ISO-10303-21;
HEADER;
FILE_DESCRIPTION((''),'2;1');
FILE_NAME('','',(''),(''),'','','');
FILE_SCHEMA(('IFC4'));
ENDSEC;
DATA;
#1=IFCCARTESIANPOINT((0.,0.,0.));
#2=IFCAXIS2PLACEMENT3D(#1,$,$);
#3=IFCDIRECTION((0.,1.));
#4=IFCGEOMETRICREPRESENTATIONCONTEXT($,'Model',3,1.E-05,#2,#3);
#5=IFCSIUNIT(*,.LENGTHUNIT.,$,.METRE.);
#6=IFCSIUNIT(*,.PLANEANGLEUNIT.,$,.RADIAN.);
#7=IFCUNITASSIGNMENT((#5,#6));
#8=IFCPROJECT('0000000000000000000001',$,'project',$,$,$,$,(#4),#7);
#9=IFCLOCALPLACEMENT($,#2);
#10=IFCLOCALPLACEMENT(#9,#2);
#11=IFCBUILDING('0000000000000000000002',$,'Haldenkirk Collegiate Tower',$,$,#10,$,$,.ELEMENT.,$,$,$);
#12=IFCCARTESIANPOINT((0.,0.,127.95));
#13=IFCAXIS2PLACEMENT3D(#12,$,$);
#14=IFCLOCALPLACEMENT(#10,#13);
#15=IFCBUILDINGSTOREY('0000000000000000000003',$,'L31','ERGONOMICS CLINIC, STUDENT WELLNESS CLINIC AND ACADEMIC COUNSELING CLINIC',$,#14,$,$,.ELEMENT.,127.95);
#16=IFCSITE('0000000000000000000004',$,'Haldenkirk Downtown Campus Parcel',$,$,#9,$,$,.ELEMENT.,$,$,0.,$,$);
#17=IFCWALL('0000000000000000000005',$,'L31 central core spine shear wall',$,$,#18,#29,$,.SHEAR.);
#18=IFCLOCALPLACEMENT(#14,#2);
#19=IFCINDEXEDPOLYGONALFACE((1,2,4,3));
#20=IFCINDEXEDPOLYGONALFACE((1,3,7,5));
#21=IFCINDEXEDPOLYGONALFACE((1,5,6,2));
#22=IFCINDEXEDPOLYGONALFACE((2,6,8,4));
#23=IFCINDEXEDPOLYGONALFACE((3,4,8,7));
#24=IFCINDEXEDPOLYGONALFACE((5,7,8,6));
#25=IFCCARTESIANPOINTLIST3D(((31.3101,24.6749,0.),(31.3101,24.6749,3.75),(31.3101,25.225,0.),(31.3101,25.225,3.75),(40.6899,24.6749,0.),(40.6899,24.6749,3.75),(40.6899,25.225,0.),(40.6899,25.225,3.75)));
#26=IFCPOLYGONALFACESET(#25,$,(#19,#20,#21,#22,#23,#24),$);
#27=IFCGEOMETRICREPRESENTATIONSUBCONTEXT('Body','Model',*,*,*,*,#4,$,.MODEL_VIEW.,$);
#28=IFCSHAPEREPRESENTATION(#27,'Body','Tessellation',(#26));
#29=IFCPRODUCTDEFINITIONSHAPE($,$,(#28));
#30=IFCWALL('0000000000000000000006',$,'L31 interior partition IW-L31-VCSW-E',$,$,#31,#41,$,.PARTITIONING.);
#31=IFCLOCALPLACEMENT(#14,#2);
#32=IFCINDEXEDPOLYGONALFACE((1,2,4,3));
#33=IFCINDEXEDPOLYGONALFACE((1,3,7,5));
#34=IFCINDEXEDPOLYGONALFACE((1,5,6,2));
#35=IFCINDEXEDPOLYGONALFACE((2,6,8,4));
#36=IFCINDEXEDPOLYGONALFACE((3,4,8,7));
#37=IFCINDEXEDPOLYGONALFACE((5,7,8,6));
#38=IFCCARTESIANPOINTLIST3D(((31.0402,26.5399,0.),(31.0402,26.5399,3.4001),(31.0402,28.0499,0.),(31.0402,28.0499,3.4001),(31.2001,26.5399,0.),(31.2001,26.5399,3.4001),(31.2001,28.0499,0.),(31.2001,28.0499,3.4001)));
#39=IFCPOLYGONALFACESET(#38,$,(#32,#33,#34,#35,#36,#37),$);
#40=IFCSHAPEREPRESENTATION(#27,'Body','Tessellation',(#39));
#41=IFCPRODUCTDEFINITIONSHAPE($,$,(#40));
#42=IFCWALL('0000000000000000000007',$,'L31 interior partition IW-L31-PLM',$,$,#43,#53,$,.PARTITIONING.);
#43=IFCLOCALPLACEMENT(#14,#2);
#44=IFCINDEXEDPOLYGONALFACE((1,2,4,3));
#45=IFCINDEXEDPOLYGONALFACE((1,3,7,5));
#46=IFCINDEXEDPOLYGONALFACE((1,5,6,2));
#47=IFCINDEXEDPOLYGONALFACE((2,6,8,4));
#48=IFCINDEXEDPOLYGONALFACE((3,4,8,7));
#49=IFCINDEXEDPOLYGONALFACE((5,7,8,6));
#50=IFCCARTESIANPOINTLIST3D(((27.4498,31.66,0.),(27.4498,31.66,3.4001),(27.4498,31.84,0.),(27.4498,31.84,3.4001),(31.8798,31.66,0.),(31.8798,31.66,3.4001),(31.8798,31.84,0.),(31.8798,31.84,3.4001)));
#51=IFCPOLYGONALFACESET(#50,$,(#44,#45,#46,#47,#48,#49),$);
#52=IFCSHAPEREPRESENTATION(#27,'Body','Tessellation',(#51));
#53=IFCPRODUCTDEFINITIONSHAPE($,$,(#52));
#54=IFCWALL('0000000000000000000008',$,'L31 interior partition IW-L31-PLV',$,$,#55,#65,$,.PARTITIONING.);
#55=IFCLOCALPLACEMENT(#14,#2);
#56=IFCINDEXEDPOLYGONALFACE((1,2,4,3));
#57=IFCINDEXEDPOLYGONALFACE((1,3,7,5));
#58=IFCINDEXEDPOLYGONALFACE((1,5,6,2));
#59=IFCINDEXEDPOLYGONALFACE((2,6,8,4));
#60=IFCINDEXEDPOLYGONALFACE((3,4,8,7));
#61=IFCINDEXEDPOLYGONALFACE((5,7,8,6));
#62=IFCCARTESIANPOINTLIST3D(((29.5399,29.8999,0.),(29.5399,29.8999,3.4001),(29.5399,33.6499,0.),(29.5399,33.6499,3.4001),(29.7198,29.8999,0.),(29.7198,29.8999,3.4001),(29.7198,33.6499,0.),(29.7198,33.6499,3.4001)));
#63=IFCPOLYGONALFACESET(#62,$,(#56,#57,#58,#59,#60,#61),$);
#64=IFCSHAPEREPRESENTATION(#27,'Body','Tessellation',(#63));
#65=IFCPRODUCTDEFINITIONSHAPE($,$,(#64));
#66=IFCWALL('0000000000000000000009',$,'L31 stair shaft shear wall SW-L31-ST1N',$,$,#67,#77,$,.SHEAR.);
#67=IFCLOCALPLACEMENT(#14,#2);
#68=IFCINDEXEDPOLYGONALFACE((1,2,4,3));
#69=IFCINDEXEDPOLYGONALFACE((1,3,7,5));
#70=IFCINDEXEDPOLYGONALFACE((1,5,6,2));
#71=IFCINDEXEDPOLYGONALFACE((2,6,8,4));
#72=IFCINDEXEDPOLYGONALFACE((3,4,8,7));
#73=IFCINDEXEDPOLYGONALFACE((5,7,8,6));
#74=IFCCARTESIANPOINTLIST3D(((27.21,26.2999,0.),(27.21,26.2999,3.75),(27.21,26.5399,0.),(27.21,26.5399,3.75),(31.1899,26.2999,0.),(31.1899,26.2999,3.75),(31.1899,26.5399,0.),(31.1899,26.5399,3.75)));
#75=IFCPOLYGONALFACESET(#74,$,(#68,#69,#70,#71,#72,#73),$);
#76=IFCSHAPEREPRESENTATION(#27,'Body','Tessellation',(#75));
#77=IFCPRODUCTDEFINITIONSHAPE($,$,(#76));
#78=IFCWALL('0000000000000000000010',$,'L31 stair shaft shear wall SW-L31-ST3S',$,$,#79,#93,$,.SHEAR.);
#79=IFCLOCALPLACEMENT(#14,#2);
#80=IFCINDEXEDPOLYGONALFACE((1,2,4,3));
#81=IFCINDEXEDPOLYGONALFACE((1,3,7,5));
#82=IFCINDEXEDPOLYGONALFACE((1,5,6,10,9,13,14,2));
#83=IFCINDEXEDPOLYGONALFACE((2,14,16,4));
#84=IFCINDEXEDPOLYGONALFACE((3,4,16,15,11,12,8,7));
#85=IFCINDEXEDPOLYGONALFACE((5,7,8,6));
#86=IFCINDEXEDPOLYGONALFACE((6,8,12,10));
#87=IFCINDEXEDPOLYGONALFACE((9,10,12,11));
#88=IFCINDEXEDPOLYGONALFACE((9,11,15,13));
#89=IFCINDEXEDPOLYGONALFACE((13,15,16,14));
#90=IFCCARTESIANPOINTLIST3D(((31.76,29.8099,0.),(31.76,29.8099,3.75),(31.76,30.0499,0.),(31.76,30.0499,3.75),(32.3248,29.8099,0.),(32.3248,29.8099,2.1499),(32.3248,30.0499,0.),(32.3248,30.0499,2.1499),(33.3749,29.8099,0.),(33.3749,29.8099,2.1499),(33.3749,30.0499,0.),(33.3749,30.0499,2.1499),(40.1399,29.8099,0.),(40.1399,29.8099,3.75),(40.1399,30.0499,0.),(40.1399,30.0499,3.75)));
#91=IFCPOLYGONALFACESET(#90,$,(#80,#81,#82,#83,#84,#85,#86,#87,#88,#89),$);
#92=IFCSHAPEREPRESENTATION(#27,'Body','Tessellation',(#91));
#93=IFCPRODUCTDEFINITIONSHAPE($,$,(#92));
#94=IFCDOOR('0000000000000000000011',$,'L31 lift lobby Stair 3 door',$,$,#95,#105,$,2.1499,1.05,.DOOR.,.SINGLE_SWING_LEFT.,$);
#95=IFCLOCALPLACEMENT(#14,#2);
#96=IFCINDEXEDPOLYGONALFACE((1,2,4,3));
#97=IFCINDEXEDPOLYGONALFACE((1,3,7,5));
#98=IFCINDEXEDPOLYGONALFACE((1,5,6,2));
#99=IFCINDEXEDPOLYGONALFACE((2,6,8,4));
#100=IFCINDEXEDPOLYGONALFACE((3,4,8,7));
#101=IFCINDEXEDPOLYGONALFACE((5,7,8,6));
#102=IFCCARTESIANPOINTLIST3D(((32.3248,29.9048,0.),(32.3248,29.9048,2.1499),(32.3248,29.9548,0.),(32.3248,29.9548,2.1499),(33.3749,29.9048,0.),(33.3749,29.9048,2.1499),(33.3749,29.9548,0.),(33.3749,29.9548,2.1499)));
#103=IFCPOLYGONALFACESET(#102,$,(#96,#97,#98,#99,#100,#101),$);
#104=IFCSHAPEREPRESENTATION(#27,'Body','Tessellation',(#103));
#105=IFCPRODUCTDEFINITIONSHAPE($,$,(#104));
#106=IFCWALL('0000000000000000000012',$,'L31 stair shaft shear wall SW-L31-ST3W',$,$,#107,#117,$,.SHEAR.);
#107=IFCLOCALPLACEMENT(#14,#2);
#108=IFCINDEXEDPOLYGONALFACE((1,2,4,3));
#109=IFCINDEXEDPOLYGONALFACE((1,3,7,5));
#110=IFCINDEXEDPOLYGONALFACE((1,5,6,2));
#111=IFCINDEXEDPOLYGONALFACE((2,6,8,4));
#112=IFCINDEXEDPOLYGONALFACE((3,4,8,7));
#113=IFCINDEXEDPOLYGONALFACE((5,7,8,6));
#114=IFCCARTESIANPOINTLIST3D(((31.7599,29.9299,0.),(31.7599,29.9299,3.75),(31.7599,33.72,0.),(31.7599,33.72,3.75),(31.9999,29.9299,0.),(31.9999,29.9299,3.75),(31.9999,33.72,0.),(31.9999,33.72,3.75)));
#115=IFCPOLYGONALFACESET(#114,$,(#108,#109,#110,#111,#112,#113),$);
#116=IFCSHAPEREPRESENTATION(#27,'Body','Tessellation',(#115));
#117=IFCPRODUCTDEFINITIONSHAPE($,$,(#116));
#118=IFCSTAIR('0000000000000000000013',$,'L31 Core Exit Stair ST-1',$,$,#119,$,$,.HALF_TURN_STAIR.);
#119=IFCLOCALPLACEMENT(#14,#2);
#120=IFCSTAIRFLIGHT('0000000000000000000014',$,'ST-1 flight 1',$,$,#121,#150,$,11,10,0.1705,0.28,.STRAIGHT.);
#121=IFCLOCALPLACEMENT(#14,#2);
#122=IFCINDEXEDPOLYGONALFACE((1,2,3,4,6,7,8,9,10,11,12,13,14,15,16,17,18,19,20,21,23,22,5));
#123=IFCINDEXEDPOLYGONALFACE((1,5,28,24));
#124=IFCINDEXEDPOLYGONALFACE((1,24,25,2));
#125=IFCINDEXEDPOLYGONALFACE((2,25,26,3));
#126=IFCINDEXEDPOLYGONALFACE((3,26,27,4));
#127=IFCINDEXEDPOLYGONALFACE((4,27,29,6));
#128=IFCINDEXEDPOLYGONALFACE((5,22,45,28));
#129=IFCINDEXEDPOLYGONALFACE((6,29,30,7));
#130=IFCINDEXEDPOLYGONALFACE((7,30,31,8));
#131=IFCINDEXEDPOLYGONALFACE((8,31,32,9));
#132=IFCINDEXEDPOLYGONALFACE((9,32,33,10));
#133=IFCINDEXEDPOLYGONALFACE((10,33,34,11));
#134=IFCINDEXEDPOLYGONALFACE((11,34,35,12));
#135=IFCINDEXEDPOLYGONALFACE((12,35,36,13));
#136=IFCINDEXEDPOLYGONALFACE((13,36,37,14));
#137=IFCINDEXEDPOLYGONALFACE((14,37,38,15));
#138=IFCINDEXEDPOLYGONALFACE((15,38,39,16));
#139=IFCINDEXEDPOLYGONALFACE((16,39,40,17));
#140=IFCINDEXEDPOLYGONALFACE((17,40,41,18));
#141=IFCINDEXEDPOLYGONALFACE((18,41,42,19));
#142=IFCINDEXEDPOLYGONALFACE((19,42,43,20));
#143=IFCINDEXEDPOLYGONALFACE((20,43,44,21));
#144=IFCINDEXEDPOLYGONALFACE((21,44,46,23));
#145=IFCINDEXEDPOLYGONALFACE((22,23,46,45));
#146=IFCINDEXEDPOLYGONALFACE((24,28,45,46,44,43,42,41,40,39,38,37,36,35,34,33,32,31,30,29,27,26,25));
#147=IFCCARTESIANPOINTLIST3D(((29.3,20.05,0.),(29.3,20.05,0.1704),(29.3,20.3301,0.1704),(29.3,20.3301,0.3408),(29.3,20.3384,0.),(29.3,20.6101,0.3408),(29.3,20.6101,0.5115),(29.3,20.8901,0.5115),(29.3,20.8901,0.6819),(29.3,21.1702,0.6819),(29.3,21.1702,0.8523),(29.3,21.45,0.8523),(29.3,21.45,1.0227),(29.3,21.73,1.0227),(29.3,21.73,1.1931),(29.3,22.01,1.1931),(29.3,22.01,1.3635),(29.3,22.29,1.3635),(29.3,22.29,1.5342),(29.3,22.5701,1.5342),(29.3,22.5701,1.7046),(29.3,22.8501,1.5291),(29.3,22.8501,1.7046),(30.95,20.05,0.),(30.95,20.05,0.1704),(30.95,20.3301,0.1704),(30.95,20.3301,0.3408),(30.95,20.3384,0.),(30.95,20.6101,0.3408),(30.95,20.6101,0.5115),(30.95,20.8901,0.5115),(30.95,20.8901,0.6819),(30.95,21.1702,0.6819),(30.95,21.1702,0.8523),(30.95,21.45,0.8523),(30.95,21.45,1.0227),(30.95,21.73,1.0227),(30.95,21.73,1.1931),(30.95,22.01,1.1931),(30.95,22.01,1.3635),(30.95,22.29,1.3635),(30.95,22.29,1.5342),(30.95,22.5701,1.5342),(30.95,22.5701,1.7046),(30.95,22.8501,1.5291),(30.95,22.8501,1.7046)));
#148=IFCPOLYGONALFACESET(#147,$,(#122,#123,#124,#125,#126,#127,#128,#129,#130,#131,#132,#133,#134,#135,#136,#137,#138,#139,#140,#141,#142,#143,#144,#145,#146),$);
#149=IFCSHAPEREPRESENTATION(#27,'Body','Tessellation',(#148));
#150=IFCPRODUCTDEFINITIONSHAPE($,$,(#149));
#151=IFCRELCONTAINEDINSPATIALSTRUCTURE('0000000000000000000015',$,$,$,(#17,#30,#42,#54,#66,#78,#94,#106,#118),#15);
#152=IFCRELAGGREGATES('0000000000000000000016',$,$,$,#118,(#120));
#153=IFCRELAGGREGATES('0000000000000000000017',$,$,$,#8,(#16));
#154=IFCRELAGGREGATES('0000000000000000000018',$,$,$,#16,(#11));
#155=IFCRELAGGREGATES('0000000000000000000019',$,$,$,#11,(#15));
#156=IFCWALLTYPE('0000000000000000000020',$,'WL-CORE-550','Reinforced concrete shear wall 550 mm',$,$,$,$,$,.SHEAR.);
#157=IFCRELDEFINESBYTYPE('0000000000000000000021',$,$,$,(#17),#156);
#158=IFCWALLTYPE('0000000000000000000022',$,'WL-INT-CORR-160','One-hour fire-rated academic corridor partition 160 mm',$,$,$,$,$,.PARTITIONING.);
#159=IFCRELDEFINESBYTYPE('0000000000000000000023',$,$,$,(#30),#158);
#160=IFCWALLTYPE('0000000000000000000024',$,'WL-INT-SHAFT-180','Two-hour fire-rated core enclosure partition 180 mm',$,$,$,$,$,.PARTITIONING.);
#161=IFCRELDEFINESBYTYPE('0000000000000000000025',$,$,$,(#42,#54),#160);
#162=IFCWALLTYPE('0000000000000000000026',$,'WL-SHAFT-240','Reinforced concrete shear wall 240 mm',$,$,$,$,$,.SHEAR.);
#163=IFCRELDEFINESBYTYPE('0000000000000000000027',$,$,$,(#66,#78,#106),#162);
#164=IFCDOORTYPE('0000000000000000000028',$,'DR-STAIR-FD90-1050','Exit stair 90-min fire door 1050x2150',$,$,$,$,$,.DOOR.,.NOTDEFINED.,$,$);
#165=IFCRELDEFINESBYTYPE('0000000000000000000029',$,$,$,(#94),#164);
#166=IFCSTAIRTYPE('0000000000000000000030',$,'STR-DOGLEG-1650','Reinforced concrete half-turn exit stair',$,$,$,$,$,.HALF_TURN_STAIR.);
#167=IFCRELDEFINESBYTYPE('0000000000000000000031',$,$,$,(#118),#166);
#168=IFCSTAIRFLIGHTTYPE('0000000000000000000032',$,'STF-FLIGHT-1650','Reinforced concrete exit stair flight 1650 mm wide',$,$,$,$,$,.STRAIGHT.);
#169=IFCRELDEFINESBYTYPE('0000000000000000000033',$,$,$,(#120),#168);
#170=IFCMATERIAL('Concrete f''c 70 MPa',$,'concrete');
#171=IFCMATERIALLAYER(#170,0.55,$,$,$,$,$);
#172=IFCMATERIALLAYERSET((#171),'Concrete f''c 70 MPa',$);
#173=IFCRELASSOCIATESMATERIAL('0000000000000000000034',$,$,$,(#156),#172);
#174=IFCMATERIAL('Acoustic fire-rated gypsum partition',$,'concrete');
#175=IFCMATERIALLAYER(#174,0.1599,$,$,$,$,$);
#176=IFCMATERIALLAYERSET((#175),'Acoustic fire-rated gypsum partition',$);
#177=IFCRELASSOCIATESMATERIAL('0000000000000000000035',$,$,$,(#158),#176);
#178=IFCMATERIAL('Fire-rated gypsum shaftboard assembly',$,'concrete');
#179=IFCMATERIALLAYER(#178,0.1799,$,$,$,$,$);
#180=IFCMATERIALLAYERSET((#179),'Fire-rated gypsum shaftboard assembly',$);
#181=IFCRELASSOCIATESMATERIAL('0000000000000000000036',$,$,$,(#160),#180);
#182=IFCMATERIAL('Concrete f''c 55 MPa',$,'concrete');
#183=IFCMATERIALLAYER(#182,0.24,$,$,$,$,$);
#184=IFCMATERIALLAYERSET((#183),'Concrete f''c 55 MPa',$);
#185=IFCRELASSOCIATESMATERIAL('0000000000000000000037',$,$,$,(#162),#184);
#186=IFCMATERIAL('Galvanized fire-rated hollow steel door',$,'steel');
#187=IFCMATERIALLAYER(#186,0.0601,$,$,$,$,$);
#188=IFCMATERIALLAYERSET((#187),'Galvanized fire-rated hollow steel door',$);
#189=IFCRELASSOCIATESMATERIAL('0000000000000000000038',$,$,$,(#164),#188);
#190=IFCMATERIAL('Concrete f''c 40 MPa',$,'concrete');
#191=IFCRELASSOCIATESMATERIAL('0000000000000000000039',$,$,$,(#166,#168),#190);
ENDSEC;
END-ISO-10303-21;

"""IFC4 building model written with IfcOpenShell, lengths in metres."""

from ifc_helpers import new_model, si_unit, direction, frame, frame_2d, origin, place, context, subcontext, project, spatial, polyline, rectangle, outline, extrude, material, layer, layer_set, type_object, element, fill, aggregate, save


model = new_model("IFC4")

# Units and contexts
model_context = context("Model", 3, precision=1e-05, world=origin(), true_north=direction((0.0, 1.0)))
body_context = subcontext(model_context, "Body", "Model", "MODEL_VIEW")
ifc_project = project(units=[si_unit("LENGTHUNIT", "METRE"), si_unit("PLANEANGLEUNIT", "RADIAN")], contexts=[model_context])

# Site, building, storey
site_placement = place(None, origin())
site = spatial("IfcSite", under=ifc_project, at=site_placement, Name="Haldenkirk Downtown Campus Parcel", CompositionType="ELEMENT", RefElevation=0.0)
building_placement = place(site_placement, origin())
building = spatial("IfcBuilding", under=site, at=building_placement, Name="Haldenkirk Collegiate Tower", CompositionType="ELEMENT")
storey_placement = place(building_placement, frame((0.0, 0.0, 127.95)))
storey = spatial("IfcBuildingStorey", under=building, at=storey_placement, Name="L31", Description="ERGONOMICS CLINIC, STUDENT WELLNESS CLINIC AND ACADEMIC COUNSELING CLINIC", CompositionType="ELEMENT", Elevation=127.95)

# Wall
ifc_material_1 = material(Name="Concrete f'c 70 MPa", Category="concrete")
ifc_layer_1 = layer(ifc_material_1, 0.55)
ifc_layer_set_1 = layer_set([ifc_layer_1], Name="Concrete f'c 70 MPa")
wall_type_1 = type_object("IfcWallType", Name="WL-CORE-550", Description="Reinforced concrete shear wall 550 mm", PredefinedType="SHEAR", material=ifc_layer_set_1)
wall_1_placement = place(storey_placement, frame((31.3101, 24.95, 0.0), z_axis=(0.0, 0.0, 1.0), x_axis=(1.0, 0.0, 0.0)))
element("IfcWall", 1, at=wall_1_placement, inside=storey, type_object=wall_type_1, Name="L31 central core spine shear wall", PredefinedType="SHEAR", context=body_context, shape_type="SweptSolid", body=[
    extrude(rectangle(XDim=9.3799, YDim=0.55, at=frame_2d((4.6899, 0.0))), origin(), (0.0, 0.0, 1.0), 3.75),
])

# Shared definitions
ifc_material_2 = material(Name="Acoustic fire-rated gypsum partition", Category="concrete")
ifc_layer_2 = layer(ifc_material_2, 0.1599)
ifc_layer_set_2 = layer_set([ifc_layer_2], Name="Acoustic fire-rated gypsum partition")
wall_type_2 = type_object("IfcWallType", Name="WL-INT-CORR-160", Description="One-hour fire-rated academic corridor partition 160 mm", PredefinedType="PARTITIONING", material=ifc_layer_set_2)

# Wall
wall_2_placement = place(storey_placement, frame((31.1201, 26.54, 0.0), z_axis=(0.0, 0.0, 1.0), x_axis=(0.0, 1.0, 0.0)))
element("IfcWall", 2, at=wall_2_placement, inside=storey, type_object=wall_type_2, Name="L31 interior partition IW-L31-VCSW-E", PredefinedType="PARTITIONING", context=body_context, shape_type="SweptSolid", body=[
    extrude(rectangle(XDim=1.51, YDim=0.1599, at=frame_2d((0.7549, 0.0))), origin(), (0.0, 0.0, 1.0), 3.4001),
])

# Shared definitions
ifc_material_3 = material(Name="Fire-rated gypsum shaftboard assembly", Category="concrete")
ifc_layer_3 = layer(ifc_material_3, 0.1799)
ifc_layer_set_3 = layer_set([ifc_layer_3], Name="Fire-rated gypsum shaftboard assembly")
wall_type_3 = type_object("IfcWallType", Name="WL-INT-SHAFT-180", Description="Two-hour fire-rated core enclosure partition 180 mm", PredefinedType="PARTITIONING", material=ifc_layer_set_3)

# Walls
wall_3_placement = place(storey_placement, frame((27.45, 31.75, 0.0), z_axis=(0.0, 0.0, 1.0), x_axis=(1.0, 0.0, 0.0)))
element("IfcWall", 3, at=wall_3_placement, inside=storey, type_object=wall_type_3, Name="L31 interior partition IW-L31-PLM", PredefinedType="PARTITIONING", context=body_context, shape_type="SweptSolid", body=[
    extrude(rectangle(XDim=4.4299, YDim=0.1799, at=frame_2d((2.2148, 0.0))), origin(), (0.0, 0.0, 1.0), 3.4001),
])
wall_4_placement = place(storey_placement, frame((29.6299, 29.8999, 0.0), z_axis=(0.0, 0.0, 1.0), x_axis=(0.0, 1.0, 0.0)))
element("IfcWall", 4, at=wall_4_placement, inside=storey, type_object=wall_type_3, Name="L31 interior partition IW-L31-PLV", PredefinedType="PARTITIONING", context=body_context, shape_type="SweptSolid", body=[
    extrude(rectangle(XDim=3.75, YDim=0.1799, at=frame_2d((1.875, 0.0))), origin(), (0.0, 0.0, 1.0), 3.4001),
])

# Shared definitions
ifc_material_4 = material(Name="Galvanized fire-rated hollow steel door", Category="steel")

# Wall
ifc_material_5 = material(Name="Concrete f'c 55 MPa", Category="concrete")
ifc_layer_4 = layer(ifc_material_5, 0.24)
ifc_layer_set_4 = layer_set([ifc_layer_4], Name="Concrete f'c 55 MPa")
wall_type_4 = type_object("IfcWallType", Name="WL-SHAFT-240", Description="Reinforced concrete shear wall 240 mm", PredefinedType="SHEAR", material=ifc_layer_set_4)
wall_5_placement = place(storey_placement, frame((27.21, 26.4199, 0.0), z_axis=(0.0, 0.0, 1.0), x_axis=(1.0, 0.0, 0.0)))
element("IfcWall", 5, at=wall_5_placement, inside=storey, type_object=wall_type_4, Name="L31 stair shaft shear wall SW-L31-ST1N", PredefinedType="SHEAR", context=body_context, shape_type="SweptSolid", body=[
    extrude(rectangle(XDim=3.98, YDim=0.24, at=frame_2d((1.99, 0.0))), origin(), (0.0, 0.0, 1.0), 3.75),
])

# Wall, opening, door
wall_6_placement = place(storey_placement, frame((31.76, 29.9299, 0.0), z_axis=(0.0, 0.0, 1.0), x_axis=(1.0, 0.0, 0.0)))
wall_6 = element("IfcWall", 6, at=wall_6_placement, inside=storey, type_object=wall_type_4, Name="L31 stair shaft shear wall SW-L31-ST3S", PredefinedType="SHEAR", context=body_context, shape_type="SweptSolid", body=[
    extrude(rectangle(XDim=8.3799, YDim=0.24, at=frame_2d((4.1899, 0.0))), origin(), (0.0, 0.0, 1.0), 3.75),
])
opening_1_placement = place(wall_6_placement, frame((0.5649, 0.0, 0.0)))
opening_1 = element("IfcOpeningElement", 7, at=opening_1_placement, cuts=wall_6, PredefinedType="OPENING", context=body_context, shape_type="SweptSolid", body=[
    extrude(rectangle(XDim=1.05, YDim=2.1499, at=frame_2d((0.5249, 1.075))), frame((0.0, 0.1299, 0.0), z_axis=(0.0, -1.0, 0.0), x_axis=(1.0, 0.0, 0.0)), (0.0, 0.0, 1.0), 0.26),
])
ifc_layer_5 = layer(ifc_material_4, 0.0601)
ifc_layer_set_5 = layer_set([ifc_layer_5], Name="Galvanized fire-rated hollow steel door")
door_type_1 = type_object("IfcDoorType", Name="DR-STAIR-FD90-1050", Description="Exit stair 90-min fire door 1050x2150", OperationType="NOTDEFINED", PredefinedType="DOOR", material=ifc_layer_set_5)
door_1_placement = place(opening_1_placement, origin())
door_1 = element("IfcDoor", 8, at=door_1_placement, inside=storey, type_object=door_type_1, Name="L31 lift lobby Stair 3 door", OperationType="SINGLE_SWING_LEFT", OverallHeight=2.1499, OverallWidth=1.05, PredefinedType="DOOR", context=body_context, shape_type="SweptSolid", body=[
    extrude(rectangle(XDim=1.05, YDim=2.1499, at=frame_2d((0.5249, 1.075))), frame((0.0, 0.0249, 0.0), z_axis=(0.0, -1.0, 0.0), x_axis=(1.0, 0.0, 0.0)), (0.0, 0.0, 1.0), 0.05),
])
fill(opening_1, door_1)

# Wall
wall_7_placement = place(storey_placement, frame((31.8799, 29.9299, 0.0), z_axis=(0.0, 0.0, 1.0), x_axis=(0.0, 1.0, 0.0)))
element("IfcWall", 9, at=wall_7_placement, inside=storey, type_object=wall_type_4, Name="L31 stair shaft shear wall SW-L31-ST3W", PredefinedType="SHEAR", context=body_context, shape_type="SweptSolid", body=[
    extrude(rectangle(XDim=3.79, YDim=0.24, at=frame_2d((1.895, 0.0))), origin(), (0.0, 0.0, 1.0), 3.75),
])

# Stair, stair flight
ifc_material_6 = material(Name="Concrete f'c 40 MPa", Category="concrete")
stair_type = type_object("IfcStairType", Name="STR-DOGLEG-1650", Description="Reinforced concrete half-turn exit stair", PredefinedType="HALF_TURN_STAIR", material=ifc_material_6)
stair_placement = place(storey_placement, origin())
stair = element("IfcStair", 10, at=stair_placement, inside=storey, type_object=stair_type, Name="L31 Core Exit Stair ST-1", PredefinedType="HALF_TURN_STAIR")
stair_flight_type = type_object("IfcStairFlightType", Name="STF-FLIGHT-1650", Description="Reinforced concrete exit stair flight 1650 mm wide", PredefinedType="STRAIGHT", material=ifc_material_6)
stair_flight_1_placement = place(storey_placement, frame((30.125, 20.05, 0.0), z_axis=(0.0, 0.0, 1.0), x_axis=(0.0, 1.0, 0.0)))
stair_flight_1 = element("IfcStairFlight", 11, at=stair_flight_1_placement, type_object=stair_flight_type, Name="ST-1 flight 1", NumberOfRisers=11, NumberOfTreads=10, PredefinedType="STRAIGHT", RiserHeight=0.1705, TreadLength=0.28, context=body_context, shape_type="SweptSolid", body=[
    extrude(outline(polyline([(0.0, 0.0), (0.0, 0.1704), (0.28, 0.1704), (0.28, 0.3408), (0.5601, 0.3408), (0.5601, 0.5115), (0.8401, 0.5115), (0.8401, 0.6819), (1.1201, 0.6819), (1.1201, 0.8523), (1.3999, 0.8523), (1.3999, 1.0227), (1.6799, 1.0227), (1.6799, 1.1931), (1.96, 1.1931), (1.96, 1.3635), (2.24, 1.3635), (2.24, 1.5342), (2.52, 1.5342), (2.52, 1.7046), (2.8, 1.7046), (2.8, 1.875), (2.8, 1.5291), (0.2883, 0.0), (0.0, 0.0)])), frame((0.0, 0.825, 0.0), z_axis=(0.0, -1.0, 0.0), x_axis=(1.0, 0.0, 0.0)), (0.0, 0.0, 1.0), 1.6499),
])
aggregate(stair, [stair_flight_1])

save(model, "model.ifc")
